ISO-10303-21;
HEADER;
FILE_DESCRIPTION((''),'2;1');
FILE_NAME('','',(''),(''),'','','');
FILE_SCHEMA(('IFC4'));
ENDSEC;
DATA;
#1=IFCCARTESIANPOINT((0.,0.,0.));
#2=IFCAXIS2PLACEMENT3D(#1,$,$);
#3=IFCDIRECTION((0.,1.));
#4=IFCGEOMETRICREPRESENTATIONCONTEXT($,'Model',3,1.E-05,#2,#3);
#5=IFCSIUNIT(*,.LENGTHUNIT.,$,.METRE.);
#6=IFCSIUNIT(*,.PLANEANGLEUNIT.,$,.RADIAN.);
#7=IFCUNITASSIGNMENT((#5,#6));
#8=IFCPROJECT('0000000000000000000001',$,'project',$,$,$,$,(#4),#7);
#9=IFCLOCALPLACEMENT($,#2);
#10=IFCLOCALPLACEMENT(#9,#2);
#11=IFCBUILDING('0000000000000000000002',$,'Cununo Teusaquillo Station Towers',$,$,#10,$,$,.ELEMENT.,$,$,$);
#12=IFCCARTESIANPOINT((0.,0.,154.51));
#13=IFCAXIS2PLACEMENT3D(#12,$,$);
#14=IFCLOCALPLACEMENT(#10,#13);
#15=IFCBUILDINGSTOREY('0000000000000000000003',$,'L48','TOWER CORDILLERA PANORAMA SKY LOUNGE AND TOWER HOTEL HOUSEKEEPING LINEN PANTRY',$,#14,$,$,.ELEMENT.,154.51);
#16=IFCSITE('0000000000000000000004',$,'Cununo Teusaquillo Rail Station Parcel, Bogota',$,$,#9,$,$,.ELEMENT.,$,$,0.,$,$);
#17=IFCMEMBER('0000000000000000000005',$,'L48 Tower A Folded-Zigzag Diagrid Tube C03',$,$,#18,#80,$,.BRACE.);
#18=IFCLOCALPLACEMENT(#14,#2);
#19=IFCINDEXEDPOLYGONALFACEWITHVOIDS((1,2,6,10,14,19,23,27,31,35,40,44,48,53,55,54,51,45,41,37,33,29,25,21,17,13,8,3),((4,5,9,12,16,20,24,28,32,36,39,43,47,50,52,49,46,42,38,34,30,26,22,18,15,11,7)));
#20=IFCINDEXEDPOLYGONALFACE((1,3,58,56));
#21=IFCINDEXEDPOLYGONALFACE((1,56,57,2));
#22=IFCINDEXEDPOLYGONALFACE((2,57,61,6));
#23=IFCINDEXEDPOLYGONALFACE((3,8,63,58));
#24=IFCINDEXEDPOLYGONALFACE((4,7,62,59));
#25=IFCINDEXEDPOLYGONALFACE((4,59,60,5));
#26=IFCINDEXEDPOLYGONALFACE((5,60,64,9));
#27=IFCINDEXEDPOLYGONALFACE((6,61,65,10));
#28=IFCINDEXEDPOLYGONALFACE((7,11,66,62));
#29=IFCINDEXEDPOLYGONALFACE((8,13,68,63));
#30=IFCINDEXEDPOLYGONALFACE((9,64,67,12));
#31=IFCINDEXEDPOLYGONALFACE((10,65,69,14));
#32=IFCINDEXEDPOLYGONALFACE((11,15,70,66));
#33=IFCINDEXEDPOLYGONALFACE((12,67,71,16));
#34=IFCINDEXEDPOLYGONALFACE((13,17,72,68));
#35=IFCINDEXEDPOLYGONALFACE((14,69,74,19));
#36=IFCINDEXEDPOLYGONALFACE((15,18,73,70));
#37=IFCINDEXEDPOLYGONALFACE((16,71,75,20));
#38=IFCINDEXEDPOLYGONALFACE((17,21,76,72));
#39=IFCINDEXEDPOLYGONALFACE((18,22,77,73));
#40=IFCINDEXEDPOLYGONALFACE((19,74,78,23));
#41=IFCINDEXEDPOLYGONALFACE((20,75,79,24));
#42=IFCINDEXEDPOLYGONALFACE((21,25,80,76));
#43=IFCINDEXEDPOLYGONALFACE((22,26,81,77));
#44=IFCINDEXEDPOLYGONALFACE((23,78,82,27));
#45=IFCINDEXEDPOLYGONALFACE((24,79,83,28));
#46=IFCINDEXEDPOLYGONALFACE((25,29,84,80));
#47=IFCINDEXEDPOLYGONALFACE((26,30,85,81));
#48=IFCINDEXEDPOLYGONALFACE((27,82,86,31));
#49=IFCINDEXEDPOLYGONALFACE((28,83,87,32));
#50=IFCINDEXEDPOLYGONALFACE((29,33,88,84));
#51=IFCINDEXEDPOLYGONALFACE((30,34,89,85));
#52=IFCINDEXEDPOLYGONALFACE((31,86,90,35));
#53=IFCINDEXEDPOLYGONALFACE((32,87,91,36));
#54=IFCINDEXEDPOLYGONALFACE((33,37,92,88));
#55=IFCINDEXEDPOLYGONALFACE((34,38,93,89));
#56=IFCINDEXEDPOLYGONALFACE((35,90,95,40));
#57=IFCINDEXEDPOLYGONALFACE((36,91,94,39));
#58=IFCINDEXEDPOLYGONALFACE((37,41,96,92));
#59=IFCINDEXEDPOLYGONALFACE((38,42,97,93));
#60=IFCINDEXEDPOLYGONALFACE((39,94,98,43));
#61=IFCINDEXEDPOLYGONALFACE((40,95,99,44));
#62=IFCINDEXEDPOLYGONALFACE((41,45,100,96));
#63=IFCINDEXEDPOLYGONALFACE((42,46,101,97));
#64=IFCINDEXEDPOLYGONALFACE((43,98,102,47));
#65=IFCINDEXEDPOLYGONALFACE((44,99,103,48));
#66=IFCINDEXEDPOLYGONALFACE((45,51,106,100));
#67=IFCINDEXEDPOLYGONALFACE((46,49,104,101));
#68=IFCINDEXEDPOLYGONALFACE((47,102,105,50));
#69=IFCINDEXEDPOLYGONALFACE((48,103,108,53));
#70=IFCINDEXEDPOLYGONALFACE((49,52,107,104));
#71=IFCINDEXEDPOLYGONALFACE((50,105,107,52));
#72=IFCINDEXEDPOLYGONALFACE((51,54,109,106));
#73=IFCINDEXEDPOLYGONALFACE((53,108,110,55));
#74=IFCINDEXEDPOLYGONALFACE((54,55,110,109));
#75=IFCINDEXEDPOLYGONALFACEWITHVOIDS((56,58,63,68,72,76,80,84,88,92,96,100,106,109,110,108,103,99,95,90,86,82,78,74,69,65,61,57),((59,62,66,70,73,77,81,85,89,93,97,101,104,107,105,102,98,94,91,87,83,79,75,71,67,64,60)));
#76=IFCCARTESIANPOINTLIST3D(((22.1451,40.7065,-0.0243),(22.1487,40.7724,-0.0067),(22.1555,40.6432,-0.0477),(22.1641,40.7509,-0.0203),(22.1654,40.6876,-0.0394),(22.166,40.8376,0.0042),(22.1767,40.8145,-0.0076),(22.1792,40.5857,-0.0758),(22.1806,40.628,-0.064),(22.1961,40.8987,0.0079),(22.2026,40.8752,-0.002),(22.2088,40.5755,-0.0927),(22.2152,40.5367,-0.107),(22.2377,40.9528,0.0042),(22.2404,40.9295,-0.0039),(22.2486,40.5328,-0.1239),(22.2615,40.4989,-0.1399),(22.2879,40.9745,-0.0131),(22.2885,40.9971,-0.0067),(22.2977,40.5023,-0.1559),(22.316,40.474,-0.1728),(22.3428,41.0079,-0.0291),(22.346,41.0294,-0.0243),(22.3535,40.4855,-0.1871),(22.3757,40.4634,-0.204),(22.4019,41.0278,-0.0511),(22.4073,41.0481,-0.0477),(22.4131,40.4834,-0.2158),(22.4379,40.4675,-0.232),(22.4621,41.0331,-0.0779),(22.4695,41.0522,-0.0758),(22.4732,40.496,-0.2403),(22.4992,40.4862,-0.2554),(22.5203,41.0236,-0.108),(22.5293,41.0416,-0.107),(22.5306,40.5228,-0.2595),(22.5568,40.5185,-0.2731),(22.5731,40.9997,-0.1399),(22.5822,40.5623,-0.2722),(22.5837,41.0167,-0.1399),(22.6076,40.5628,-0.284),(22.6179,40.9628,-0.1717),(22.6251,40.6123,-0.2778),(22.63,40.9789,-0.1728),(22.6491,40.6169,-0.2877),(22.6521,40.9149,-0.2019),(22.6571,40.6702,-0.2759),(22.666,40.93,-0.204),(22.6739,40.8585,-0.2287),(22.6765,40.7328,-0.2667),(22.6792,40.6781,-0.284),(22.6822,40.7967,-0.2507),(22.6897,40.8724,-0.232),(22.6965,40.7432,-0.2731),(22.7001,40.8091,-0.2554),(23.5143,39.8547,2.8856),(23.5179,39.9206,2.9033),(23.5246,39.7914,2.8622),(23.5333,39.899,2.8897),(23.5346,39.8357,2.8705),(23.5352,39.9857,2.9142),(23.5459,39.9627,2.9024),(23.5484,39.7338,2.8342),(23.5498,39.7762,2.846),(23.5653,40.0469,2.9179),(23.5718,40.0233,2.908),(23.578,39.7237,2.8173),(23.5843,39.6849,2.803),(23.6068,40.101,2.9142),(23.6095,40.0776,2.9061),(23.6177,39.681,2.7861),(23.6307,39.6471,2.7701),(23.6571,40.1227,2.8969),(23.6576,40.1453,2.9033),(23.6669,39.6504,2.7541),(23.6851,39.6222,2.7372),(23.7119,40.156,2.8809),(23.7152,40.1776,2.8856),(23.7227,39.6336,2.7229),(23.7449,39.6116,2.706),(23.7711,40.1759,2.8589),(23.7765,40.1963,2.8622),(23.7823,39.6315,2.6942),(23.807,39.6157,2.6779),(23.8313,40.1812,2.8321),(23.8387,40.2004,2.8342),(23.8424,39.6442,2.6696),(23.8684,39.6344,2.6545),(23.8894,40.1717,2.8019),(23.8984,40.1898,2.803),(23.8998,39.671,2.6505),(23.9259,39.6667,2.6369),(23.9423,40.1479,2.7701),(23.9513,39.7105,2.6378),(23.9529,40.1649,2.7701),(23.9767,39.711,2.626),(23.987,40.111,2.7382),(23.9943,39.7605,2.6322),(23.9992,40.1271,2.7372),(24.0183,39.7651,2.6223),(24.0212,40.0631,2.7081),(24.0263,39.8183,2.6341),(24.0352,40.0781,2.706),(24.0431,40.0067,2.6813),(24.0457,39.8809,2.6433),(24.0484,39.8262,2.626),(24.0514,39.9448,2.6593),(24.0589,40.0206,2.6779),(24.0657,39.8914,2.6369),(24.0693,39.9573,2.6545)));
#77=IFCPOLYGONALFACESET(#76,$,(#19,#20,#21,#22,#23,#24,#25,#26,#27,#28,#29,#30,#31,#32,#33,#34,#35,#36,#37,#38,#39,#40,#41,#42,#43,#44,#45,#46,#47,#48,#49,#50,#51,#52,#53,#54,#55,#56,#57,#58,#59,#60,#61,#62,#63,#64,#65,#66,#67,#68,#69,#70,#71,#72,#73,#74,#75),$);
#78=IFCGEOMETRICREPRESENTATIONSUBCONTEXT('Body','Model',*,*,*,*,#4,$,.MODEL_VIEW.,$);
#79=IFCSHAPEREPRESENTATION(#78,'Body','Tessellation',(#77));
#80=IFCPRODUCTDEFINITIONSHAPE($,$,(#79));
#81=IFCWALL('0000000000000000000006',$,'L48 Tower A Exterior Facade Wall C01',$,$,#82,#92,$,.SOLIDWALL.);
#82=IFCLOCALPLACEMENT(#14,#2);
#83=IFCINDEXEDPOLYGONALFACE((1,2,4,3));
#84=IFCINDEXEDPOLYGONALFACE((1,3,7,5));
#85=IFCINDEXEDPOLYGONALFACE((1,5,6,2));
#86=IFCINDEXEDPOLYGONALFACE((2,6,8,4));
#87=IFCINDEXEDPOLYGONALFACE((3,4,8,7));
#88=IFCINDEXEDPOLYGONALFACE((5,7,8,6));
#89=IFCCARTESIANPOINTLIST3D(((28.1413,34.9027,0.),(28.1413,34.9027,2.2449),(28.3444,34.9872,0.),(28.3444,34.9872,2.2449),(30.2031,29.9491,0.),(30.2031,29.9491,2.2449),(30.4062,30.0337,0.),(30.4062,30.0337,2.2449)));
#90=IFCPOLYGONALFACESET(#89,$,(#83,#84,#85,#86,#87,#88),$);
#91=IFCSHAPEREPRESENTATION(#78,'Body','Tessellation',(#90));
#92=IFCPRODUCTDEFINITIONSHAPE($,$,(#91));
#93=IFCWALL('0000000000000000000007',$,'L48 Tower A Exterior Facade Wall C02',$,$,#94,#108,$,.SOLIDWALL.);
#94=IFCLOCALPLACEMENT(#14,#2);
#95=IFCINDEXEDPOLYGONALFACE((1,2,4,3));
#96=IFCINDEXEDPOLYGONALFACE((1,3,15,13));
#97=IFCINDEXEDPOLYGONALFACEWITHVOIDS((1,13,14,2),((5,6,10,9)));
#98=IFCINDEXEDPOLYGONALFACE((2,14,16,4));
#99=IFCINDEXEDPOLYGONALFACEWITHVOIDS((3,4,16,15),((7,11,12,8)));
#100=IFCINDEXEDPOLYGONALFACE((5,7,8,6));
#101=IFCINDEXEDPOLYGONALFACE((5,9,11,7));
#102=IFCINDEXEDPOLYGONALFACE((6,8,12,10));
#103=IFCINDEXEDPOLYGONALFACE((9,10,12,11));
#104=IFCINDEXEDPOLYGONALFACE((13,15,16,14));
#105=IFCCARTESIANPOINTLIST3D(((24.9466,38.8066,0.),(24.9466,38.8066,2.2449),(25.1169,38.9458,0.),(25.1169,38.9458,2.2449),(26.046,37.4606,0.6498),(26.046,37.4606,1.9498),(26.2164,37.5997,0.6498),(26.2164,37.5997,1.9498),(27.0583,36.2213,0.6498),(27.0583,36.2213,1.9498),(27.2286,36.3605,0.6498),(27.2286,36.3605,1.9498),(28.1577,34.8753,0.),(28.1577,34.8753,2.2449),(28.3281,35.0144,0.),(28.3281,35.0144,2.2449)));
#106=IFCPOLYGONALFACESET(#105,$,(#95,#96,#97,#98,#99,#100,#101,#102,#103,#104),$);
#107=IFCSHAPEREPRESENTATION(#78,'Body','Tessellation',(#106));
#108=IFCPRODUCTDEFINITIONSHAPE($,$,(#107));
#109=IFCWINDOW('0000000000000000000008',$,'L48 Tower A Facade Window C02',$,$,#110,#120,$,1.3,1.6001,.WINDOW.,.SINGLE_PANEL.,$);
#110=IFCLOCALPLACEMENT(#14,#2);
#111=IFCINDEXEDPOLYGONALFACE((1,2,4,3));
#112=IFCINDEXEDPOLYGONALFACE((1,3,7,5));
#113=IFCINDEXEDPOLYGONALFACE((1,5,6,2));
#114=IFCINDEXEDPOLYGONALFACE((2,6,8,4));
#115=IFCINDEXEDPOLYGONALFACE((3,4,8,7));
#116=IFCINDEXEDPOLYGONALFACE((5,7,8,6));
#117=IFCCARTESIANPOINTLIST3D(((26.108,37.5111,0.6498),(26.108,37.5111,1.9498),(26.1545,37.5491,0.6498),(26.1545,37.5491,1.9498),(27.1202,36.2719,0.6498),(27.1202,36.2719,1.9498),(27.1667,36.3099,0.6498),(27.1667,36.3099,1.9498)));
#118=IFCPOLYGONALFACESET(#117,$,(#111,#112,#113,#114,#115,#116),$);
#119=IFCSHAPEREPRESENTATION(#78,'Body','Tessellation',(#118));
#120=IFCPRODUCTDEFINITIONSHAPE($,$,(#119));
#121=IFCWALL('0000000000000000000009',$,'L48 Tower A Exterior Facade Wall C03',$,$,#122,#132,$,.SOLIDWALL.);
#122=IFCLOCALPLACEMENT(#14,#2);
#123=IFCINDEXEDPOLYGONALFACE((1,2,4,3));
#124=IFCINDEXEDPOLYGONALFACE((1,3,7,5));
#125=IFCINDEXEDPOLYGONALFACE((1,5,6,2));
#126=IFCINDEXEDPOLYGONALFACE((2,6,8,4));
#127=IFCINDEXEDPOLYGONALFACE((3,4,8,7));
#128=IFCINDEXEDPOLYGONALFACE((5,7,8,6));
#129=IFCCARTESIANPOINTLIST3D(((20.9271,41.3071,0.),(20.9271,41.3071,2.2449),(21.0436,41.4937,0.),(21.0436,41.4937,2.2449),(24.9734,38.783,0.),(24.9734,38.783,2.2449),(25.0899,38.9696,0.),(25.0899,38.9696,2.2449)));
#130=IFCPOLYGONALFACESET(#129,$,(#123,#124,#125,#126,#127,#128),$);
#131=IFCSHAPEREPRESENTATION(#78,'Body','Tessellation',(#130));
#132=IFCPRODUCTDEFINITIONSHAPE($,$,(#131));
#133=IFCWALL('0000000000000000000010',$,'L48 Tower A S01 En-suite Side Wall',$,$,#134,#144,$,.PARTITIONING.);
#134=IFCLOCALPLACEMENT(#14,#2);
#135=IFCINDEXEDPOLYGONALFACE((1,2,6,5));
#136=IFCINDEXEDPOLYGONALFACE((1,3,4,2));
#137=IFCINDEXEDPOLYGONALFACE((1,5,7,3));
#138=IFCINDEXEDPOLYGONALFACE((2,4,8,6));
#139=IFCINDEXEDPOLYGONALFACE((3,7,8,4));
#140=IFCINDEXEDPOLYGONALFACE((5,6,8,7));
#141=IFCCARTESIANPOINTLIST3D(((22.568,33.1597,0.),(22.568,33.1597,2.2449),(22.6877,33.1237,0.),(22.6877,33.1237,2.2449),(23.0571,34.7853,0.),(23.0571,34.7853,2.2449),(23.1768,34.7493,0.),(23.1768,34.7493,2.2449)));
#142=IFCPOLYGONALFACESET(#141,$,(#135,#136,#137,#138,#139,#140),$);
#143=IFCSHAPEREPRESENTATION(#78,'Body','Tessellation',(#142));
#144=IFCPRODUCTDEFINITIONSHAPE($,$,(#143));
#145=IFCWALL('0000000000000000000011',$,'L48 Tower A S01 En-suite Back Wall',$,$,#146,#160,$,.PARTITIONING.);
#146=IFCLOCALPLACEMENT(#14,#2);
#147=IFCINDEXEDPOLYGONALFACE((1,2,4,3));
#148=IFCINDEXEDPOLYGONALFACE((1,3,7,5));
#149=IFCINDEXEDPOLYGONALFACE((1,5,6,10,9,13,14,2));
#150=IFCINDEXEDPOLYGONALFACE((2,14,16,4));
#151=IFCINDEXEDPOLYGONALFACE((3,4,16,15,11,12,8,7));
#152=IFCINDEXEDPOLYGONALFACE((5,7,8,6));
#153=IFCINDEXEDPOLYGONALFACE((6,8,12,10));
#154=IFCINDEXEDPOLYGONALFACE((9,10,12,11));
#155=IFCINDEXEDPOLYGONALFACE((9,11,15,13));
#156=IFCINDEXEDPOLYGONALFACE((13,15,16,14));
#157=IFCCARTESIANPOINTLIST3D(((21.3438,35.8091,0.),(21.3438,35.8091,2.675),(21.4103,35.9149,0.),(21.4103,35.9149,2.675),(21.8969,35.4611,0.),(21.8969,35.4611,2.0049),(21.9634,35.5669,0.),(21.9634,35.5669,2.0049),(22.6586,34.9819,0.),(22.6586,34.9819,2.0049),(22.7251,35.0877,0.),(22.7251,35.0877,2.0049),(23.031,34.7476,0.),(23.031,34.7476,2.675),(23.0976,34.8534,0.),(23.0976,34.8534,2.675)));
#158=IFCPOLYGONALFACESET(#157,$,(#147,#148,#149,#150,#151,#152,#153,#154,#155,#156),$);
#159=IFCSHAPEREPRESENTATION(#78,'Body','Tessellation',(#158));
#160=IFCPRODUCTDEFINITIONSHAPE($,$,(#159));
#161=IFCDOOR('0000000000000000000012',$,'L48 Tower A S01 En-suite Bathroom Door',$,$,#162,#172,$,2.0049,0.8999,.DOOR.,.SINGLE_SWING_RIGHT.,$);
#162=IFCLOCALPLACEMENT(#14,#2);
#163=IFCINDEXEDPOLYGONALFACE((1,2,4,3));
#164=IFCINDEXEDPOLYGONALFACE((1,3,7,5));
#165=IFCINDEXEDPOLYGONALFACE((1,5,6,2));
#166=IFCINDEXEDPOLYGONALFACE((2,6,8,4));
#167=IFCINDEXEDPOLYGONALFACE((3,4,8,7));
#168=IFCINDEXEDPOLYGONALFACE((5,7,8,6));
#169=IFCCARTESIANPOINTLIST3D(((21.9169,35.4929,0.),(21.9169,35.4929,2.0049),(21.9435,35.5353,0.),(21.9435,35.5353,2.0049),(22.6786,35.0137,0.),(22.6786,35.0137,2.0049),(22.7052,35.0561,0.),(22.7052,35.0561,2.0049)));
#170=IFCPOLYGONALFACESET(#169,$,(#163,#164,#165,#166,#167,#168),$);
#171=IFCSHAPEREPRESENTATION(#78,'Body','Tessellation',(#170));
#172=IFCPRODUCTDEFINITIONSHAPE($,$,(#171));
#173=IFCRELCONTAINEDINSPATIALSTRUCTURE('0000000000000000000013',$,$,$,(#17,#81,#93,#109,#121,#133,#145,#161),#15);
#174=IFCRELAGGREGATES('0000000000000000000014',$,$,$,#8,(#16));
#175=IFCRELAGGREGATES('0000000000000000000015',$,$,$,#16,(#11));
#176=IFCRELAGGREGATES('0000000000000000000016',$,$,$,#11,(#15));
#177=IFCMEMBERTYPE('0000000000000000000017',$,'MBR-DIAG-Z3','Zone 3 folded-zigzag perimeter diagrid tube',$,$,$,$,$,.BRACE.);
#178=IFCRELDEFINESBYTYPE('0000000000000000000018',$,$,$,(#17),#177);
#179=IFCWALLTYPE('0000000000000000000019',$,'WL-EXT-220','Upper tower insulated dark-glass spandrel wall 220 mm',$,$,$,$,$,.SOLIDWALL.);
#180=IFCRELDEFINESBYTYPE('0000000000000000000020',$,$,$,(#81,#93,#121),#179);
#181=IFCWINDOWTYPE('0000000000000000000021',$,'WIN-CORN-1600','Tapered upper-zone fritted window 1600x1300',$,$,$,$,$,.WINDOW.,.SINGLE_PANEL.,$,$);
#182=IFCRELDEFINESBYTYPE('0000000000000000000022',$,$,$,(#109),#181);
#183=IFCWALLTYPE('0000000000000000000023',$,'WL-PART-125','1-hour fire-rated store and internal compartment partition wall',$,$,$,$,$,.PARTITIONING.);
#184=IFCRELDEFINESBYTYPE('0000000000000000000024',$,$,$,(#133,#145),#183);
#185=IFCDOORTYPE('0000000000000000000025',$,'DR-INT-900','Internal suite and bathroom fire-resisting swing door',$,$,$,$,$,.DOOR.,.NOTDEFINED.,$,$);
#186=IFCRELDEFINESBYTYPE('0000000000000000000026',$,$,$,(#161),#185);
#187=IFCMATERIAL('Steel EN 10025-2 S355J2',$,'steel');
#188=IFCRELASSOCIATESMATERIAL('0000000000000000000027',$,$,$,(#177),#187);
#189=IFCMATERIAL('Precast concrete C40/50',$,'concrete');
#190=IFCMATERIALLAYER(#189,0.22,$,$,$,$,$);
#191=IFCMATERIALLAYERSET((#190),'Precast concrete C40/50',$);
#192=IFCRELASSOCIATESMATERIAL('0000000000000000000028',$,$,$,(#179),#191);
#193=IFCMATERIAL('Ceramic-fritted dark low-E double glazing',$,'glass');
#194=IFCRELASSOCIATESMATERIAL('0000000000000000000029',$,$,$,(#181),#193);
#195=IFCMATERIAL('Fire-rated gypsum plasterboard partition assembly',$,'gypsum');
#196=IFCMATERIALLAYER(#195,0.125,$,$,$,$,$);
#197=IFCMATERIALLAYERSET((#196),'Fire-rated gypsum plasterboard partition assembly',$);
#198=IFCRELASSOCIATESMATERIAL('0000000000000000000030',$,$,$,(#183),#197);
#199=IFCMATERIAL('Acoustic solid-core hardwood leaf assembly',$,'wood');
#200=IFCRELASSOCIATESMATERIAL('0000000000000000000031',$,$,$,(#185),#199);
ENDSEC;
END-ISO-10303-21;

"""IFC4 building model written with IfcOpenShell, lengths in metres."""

from ifc_helpers import new_model, si_unit, direction, frame, frame_2d, origin, origin_2d, place, context, subcontext, project, spatial, rectangle, hollow_circle, extrude, source, transform, mapped, material, layer, layer_set, material_profile, profile_set, type_object, element, fill, save


model = new_model("IFC4")

# Units and contexts
model_context = context("Model", 3, precision=1e-05, world=origin(), true_north=direction((0.0, 1.0)))
body_context = subcontext(model_context, "Body", "Model", "MODEL_VIEW")
ifc_project = project(units=[si_unit("LENGTHUNIT", "METRE"), si_unit("PLANEANGLEUNIT", "RADIAN")], contexts=[model_context])

# Site, building, storey
site_placement = place(None, origin())
site = spatial("IfcSite", under=ifc_project, at=site_placement, Name="Cununo Teusaquillo Rail Station Parcel, Bogota", CompositionType="ELEMENT", RefElevation=0.0)
building_placement = place(site_placement, origin())
building = spatial("IfcBuilding", under=site, at=building_placement, Name="Cununo Teusaquillo Station Towers", CompositionType="ELEMENT")
storey_placement = place(building_placement, frame((0.0, 0.0, 154.51)))
storey = spatial("IfcBuildingStorey", under=building, at=storey_placement, Name="L48", Description="TOWER CORDILLERA PANORAMA SKY LOUNGE AND TOWER HOTEL HOUSEKEEPING LINEN PANTRY", CompositionType="ELEMENT", Elevation=154.51)

# Member
ifc_material_1 = material(Name="Steel EN 10025-2 S355J2", Category="steel")
ifc_material_profile_1 = material_profile(ifc_material_1, hollow_circle(Radius=0.3049, WallThickness=0.02, at=origin_2d()), Name="CHS 610x20")
ifc_profile_set_1 = profile_set([ifc_material_profile_1], Name="Steel EN 10025-2 S355J2")
member_type = type_object("IfcMemberType", Name="MBR-DIAG-Z3", Description="Zone 3 folded-zigzag perimeter diagrid tube", PredefinedType="BRACE", material=ifc_profile_set_1)
member_1_placement = place(storey_placement, frame((22.4226, 40.7578, -0.1399), z_axis=(0.411547, -0.256043, 0.874684), x_axis=(0.528256, 0.849085, 0.0)))
element("IfcMember", 1, at=member_1_placement, inside=storey, type_object=member_type, Name="L48 Tower A Folded-Zigzag Diagrid Tube C03", PredefinedType="BRACE", context=body_context, shape_type="SweptSolid", body=[
    extrude(hollow_circle(Radius=0.3049, WallThickness=0.02, at=origin_2d()), origin(), (0.0, 0.0, 1.0), 3.3269),
])

# Wall
ifc_material_2 = material(Name="Precast concrete C40/50", Category="concrete")
ifc_layer_1 = layer(ifc_material_2, 0.22)
ifc_layer_set_1 = layer_set([ifc_layer_1], Name="Precast concrete C40/50")
wall_type_1 = type_object("IfcWallType", Name="WL-EXT-220", Description="Upper tower insulated dark-glass spandrel wall 220 mm", PredefinedType="SOLIDWALL", material=ifc_layer_set_1)
wall_1_placement = place(storey_placement, frame((28.2429, 34.9448, 0.0), z_axis=(0.0, 0.0, 1.0), x_axis=(0.38426, -0.923225, 0.0)))
element("IfcWall", 2, at=wall_1_placement, inside=storey, type_object=wall_type_1, Name="L48 Tower A Exterior Facade Wall C01", PredefinedType="SOLIDWALL", context=body_context, shape_type="SweptSolid", body=[
    extrude(rectangle(XDim=5.3655, YDim=0.22, at=frame_2d((2.6826, 0.0))), origin(), (0.0, 0.0, 1.0), 2.2449),
])

# Wall, opening, window
wall_2_placement = place(storey_placement, frame((25.0317, 38.8762, 0.0), z_axis=(0.0, 0.0, 1.0), x_axis=(0.632599, -0.77448, 0.0)))
wall_2 = element("IfcWall", 3, at=wall_2_placement, inside=storey, type_object=wall_type_1, Name="L48 Tower A Exterior Facade Wall C02", PredefinedType="SOLIDWALL", context=body_context, shape_type="SweptSolid", body=[
    extrude(rectangle(XDim=5.0762, YDim=0.22, at=frame_2d((2.5381, 0.0))), origin(), (0.0, 0.0, 1.0), 2.2449),
])
shared_shape_1 = source(origin(), body_context, "Body", "SweptSolid", [
    extrude(rectangle(XDim=1.6001, YDim=1.3, at=frame_2d((0.8, 0.6499))), frame((0.0, 0.1199, 0.0), z_axis=(0.0, -1.0, 0.0), x_axis=(1.0, 0.0, 0.0)), (0.0, 0.0, 1.0), 0.24),
])
opening_1_placement = place(wall_2_placement, frame((1.738, 0.0, 0.6499)))
opening_1 = element("IfcOpeningElement", 4, at=opening_1_placement, cuts=wall_2, PredefinedType="OPENING", context=body_context, shape_type="MappedRepresentation", body=[
    mapped(shared_shape_1, transform((0.0, 0.0, 0.0), x_axis=(1.0, 0.0, 0.0), y_axis=(0.0, 1.0, 0.0), z_axis=(0.0, 0.0, 1.0), scale=1.0)),
])
ifc_material_3 = material(Name="Ceramic-fritted dark low-E double glazing", Category="glass")
window_type = type_object("IfcWindowType", Name="WIN-CORN-1600", Description="Tapered upper-zone fritted window 1600x1300", PartitioningType="SINGLE_PANEL", PredefinedType="WINDOW", material=ifc_material_3)
shared_shape_2 = source(origin(), body_context, "Body", "SweptSolid", [
    extrude(rectangle(XDim=1.6001, YDim=1.3, at=frame_2d((0.8, 0.6499))), frame((0.0, 0.03, 0.0), z_axis=(0.0, -1.0, 0.0), x_axis=(1.0, 0.0, 0.0)), (0.0, 0.0, 1.0), 0.0601),
])
window_placement = place(opening_1_placement, origin())
window = element("IfcWindow", 5, at=window_placement, inside=storey, type_object=window_type, Name="L48 Tower A Facade Window C02", OverallHeight=1.3, OverallWidth=1.6001, PartitioningType="SINGLE_PANEL", PredefinedType="WINDOW", context=body_context, shape_type="MappedRepresentation", body=[
    mapped(shared_shape_2, transform((0.0, 0.0, 0.0), x_axis=(1.0, 0.0, 0.0), y_axis=(0.0, 1.0, 0.0), z_axis=(0.0, 0.0, 1.0), scale=1.0)),
])
fill(opening_1, window)

# Walls
wall_3_placement = place(storey_placement, frame((20.9854, 41.4004, 0.0), z_axis=(0.0, 0.0, 1.0), x_axis=(0.848452, -0.529272, 0.0)))
element("IfcWall", 6, at=wall_3_placement, inside=storey, type_object=wall_type_1, Name="L48 Tower A Exterior Facade Wall C03", PredefinedType="SOLIDWALL", context=body_context, shape_type="SweptSolid", body=[
    extrude(rectangle(XDim=4.769, YDim=0.22, at=frame_2d((2.3845, 0.0))), origin(), (0.0, 0.0, 1.0), 2.2449),
])
ifc_material_4 = material(Name="Fire-rated gypsum plasterboard partition assembly", Category="gypsum")
ifc_layer_2 = layer(ifc_material_4, 0.125)
ifc_layer_set_2 = layer_set([ifc_layer_2], Name="Fire-rated gypsum plasterboard partition assembly")
wall_type_2 = type_object("IfcWallType", Name="WL-PART-125", Description="1-hour fire-rated store and internal compartment partition wall", PredefinedType="PARTITIONING", material=ifc_layer_set_2)
wall_4_placement = place(storey_placement, frame((22.6279, 33.1418, 0.0), z_axis=(0.0, 0.0, 1.0), x_axis=(0.288087, 0.957604, 0.0)))
element("IfcWall", 7, at=wall_4_placement, inside=storey, type_object=wall_type_2, Name="L48 Tower A S01 En-suite Side Wall", PredefinedType="PARTITIONING", context=body_context, shape_type="SweptSolid", body=[
    extrude(rectangle(XDim=1.6975, YDim=0.125, at=frame_2d((0.8486, 0.0))), origin(), (0.0, 0.0, 1.0), 2.2449),
])

# Wall, opening, door
wall_5_placement = place(storey_placement, frame((23.0642, 34.8005, 0.0), z_axis=(0.0, 0.0, 1.0), x_axis=(-0.846419, 0.532518, 0.0)))
wall_5 = element("IfcWall", 8, at=wall_5_placement, inside=storey, type_object=wall_type_2, Name="L48 Tower A S01 En-suite Back Wall", PredefinedType="PARTITIONING", context=body_context, shape_type="SweptSolid", body=[
    extrude(rectangle(XDim=1.9934, YDim=0.125, at=frame_2d((0.9966, 0.0))), origin(), (0.0, 0.0, 1.0), 2.675),
])
shared_shape_3 = source(origin(), body_context, "Body", "SweptSolid", [
    extrude(rectangle(XDim=0.8999, YDim=2.0049, at=frame_2d((0.45, 1.0024))), frame((0.0, 0.0725, 0.0), z_axis=(0.0, -1.0, 0.0), x_axis=(1.0, 0.0, 0.0)), (0.0, 0.0, 1.0), 0.145),
])
opening_2_placement = place(wall_5_placement, frame((0.4399, 0.0, 0.0)))
opening_2 = element("IfcOpeningElement", 9, at=opening_2_placement, cuts=wall_5, PredefinedType="OPENING", context=body_context, shape_type="MappedRepresentation", body=[
    mapped(shared_shape_3, transform((0.0, 0.0, 0.0), x_axis=(1.0, 0.0, 0.0), y_axis=(0.0, 1.0, 0.0), z_axis=(0.0, 0.0, 1.0), scale=1.0)),
])
ifc_material_5 = material(Name="Acoustic solid-core hardwood leaf assembly", Category="wood")
door_type_1 = type_object("IfcDoorType", Name="DR-INT-900", Description="Internal suite and bathroom fire-resisting swing door", OperationType="NOTDEFINED", PredefinedType="DOOR", material=ifc_material_5)
shared_shape_4 = source(origin(), body_context, "Body", "SweptSolid", [
    extrude(rectangle(XDim=0.8999, YDim=2.0049, at=frame_2d((0.45, 1.0024))), frame((0.0, 0.0249, 0.0), z_axis=(0.0, -1.0, 0.0), x_axis=(1.0, 0.0, 0.0)), (0.0, 0.0, 1.0), 0.05),
])
door_1_placement = place(opening_2_placement, origin())
door_1 = element("IfcDoor", 10, at=door_1_placement, inside=storey, type_object=door_type_1, Name="L48 Tower A S01 En-suite Bathroom Door", OperationType="SINGLE_SWING_RIGHT", OverallHeight=2.0049, OverallWidth=0.8999, PredefinedType="DOOR", context=body_context, shape_type="MappedRepresentation", body=[
    mapped(shared_shape_4, transform((0.0, 0.0, 0.0), x_axis=(1.0, 0.0, 0.0), y_axis=(0.0, 1.0, 0.0), z_axis=(0.0, 0.0, 1.0), scale=1.0)),
])
fill(opening_2, door_1)

save(model, "model.ifc")
